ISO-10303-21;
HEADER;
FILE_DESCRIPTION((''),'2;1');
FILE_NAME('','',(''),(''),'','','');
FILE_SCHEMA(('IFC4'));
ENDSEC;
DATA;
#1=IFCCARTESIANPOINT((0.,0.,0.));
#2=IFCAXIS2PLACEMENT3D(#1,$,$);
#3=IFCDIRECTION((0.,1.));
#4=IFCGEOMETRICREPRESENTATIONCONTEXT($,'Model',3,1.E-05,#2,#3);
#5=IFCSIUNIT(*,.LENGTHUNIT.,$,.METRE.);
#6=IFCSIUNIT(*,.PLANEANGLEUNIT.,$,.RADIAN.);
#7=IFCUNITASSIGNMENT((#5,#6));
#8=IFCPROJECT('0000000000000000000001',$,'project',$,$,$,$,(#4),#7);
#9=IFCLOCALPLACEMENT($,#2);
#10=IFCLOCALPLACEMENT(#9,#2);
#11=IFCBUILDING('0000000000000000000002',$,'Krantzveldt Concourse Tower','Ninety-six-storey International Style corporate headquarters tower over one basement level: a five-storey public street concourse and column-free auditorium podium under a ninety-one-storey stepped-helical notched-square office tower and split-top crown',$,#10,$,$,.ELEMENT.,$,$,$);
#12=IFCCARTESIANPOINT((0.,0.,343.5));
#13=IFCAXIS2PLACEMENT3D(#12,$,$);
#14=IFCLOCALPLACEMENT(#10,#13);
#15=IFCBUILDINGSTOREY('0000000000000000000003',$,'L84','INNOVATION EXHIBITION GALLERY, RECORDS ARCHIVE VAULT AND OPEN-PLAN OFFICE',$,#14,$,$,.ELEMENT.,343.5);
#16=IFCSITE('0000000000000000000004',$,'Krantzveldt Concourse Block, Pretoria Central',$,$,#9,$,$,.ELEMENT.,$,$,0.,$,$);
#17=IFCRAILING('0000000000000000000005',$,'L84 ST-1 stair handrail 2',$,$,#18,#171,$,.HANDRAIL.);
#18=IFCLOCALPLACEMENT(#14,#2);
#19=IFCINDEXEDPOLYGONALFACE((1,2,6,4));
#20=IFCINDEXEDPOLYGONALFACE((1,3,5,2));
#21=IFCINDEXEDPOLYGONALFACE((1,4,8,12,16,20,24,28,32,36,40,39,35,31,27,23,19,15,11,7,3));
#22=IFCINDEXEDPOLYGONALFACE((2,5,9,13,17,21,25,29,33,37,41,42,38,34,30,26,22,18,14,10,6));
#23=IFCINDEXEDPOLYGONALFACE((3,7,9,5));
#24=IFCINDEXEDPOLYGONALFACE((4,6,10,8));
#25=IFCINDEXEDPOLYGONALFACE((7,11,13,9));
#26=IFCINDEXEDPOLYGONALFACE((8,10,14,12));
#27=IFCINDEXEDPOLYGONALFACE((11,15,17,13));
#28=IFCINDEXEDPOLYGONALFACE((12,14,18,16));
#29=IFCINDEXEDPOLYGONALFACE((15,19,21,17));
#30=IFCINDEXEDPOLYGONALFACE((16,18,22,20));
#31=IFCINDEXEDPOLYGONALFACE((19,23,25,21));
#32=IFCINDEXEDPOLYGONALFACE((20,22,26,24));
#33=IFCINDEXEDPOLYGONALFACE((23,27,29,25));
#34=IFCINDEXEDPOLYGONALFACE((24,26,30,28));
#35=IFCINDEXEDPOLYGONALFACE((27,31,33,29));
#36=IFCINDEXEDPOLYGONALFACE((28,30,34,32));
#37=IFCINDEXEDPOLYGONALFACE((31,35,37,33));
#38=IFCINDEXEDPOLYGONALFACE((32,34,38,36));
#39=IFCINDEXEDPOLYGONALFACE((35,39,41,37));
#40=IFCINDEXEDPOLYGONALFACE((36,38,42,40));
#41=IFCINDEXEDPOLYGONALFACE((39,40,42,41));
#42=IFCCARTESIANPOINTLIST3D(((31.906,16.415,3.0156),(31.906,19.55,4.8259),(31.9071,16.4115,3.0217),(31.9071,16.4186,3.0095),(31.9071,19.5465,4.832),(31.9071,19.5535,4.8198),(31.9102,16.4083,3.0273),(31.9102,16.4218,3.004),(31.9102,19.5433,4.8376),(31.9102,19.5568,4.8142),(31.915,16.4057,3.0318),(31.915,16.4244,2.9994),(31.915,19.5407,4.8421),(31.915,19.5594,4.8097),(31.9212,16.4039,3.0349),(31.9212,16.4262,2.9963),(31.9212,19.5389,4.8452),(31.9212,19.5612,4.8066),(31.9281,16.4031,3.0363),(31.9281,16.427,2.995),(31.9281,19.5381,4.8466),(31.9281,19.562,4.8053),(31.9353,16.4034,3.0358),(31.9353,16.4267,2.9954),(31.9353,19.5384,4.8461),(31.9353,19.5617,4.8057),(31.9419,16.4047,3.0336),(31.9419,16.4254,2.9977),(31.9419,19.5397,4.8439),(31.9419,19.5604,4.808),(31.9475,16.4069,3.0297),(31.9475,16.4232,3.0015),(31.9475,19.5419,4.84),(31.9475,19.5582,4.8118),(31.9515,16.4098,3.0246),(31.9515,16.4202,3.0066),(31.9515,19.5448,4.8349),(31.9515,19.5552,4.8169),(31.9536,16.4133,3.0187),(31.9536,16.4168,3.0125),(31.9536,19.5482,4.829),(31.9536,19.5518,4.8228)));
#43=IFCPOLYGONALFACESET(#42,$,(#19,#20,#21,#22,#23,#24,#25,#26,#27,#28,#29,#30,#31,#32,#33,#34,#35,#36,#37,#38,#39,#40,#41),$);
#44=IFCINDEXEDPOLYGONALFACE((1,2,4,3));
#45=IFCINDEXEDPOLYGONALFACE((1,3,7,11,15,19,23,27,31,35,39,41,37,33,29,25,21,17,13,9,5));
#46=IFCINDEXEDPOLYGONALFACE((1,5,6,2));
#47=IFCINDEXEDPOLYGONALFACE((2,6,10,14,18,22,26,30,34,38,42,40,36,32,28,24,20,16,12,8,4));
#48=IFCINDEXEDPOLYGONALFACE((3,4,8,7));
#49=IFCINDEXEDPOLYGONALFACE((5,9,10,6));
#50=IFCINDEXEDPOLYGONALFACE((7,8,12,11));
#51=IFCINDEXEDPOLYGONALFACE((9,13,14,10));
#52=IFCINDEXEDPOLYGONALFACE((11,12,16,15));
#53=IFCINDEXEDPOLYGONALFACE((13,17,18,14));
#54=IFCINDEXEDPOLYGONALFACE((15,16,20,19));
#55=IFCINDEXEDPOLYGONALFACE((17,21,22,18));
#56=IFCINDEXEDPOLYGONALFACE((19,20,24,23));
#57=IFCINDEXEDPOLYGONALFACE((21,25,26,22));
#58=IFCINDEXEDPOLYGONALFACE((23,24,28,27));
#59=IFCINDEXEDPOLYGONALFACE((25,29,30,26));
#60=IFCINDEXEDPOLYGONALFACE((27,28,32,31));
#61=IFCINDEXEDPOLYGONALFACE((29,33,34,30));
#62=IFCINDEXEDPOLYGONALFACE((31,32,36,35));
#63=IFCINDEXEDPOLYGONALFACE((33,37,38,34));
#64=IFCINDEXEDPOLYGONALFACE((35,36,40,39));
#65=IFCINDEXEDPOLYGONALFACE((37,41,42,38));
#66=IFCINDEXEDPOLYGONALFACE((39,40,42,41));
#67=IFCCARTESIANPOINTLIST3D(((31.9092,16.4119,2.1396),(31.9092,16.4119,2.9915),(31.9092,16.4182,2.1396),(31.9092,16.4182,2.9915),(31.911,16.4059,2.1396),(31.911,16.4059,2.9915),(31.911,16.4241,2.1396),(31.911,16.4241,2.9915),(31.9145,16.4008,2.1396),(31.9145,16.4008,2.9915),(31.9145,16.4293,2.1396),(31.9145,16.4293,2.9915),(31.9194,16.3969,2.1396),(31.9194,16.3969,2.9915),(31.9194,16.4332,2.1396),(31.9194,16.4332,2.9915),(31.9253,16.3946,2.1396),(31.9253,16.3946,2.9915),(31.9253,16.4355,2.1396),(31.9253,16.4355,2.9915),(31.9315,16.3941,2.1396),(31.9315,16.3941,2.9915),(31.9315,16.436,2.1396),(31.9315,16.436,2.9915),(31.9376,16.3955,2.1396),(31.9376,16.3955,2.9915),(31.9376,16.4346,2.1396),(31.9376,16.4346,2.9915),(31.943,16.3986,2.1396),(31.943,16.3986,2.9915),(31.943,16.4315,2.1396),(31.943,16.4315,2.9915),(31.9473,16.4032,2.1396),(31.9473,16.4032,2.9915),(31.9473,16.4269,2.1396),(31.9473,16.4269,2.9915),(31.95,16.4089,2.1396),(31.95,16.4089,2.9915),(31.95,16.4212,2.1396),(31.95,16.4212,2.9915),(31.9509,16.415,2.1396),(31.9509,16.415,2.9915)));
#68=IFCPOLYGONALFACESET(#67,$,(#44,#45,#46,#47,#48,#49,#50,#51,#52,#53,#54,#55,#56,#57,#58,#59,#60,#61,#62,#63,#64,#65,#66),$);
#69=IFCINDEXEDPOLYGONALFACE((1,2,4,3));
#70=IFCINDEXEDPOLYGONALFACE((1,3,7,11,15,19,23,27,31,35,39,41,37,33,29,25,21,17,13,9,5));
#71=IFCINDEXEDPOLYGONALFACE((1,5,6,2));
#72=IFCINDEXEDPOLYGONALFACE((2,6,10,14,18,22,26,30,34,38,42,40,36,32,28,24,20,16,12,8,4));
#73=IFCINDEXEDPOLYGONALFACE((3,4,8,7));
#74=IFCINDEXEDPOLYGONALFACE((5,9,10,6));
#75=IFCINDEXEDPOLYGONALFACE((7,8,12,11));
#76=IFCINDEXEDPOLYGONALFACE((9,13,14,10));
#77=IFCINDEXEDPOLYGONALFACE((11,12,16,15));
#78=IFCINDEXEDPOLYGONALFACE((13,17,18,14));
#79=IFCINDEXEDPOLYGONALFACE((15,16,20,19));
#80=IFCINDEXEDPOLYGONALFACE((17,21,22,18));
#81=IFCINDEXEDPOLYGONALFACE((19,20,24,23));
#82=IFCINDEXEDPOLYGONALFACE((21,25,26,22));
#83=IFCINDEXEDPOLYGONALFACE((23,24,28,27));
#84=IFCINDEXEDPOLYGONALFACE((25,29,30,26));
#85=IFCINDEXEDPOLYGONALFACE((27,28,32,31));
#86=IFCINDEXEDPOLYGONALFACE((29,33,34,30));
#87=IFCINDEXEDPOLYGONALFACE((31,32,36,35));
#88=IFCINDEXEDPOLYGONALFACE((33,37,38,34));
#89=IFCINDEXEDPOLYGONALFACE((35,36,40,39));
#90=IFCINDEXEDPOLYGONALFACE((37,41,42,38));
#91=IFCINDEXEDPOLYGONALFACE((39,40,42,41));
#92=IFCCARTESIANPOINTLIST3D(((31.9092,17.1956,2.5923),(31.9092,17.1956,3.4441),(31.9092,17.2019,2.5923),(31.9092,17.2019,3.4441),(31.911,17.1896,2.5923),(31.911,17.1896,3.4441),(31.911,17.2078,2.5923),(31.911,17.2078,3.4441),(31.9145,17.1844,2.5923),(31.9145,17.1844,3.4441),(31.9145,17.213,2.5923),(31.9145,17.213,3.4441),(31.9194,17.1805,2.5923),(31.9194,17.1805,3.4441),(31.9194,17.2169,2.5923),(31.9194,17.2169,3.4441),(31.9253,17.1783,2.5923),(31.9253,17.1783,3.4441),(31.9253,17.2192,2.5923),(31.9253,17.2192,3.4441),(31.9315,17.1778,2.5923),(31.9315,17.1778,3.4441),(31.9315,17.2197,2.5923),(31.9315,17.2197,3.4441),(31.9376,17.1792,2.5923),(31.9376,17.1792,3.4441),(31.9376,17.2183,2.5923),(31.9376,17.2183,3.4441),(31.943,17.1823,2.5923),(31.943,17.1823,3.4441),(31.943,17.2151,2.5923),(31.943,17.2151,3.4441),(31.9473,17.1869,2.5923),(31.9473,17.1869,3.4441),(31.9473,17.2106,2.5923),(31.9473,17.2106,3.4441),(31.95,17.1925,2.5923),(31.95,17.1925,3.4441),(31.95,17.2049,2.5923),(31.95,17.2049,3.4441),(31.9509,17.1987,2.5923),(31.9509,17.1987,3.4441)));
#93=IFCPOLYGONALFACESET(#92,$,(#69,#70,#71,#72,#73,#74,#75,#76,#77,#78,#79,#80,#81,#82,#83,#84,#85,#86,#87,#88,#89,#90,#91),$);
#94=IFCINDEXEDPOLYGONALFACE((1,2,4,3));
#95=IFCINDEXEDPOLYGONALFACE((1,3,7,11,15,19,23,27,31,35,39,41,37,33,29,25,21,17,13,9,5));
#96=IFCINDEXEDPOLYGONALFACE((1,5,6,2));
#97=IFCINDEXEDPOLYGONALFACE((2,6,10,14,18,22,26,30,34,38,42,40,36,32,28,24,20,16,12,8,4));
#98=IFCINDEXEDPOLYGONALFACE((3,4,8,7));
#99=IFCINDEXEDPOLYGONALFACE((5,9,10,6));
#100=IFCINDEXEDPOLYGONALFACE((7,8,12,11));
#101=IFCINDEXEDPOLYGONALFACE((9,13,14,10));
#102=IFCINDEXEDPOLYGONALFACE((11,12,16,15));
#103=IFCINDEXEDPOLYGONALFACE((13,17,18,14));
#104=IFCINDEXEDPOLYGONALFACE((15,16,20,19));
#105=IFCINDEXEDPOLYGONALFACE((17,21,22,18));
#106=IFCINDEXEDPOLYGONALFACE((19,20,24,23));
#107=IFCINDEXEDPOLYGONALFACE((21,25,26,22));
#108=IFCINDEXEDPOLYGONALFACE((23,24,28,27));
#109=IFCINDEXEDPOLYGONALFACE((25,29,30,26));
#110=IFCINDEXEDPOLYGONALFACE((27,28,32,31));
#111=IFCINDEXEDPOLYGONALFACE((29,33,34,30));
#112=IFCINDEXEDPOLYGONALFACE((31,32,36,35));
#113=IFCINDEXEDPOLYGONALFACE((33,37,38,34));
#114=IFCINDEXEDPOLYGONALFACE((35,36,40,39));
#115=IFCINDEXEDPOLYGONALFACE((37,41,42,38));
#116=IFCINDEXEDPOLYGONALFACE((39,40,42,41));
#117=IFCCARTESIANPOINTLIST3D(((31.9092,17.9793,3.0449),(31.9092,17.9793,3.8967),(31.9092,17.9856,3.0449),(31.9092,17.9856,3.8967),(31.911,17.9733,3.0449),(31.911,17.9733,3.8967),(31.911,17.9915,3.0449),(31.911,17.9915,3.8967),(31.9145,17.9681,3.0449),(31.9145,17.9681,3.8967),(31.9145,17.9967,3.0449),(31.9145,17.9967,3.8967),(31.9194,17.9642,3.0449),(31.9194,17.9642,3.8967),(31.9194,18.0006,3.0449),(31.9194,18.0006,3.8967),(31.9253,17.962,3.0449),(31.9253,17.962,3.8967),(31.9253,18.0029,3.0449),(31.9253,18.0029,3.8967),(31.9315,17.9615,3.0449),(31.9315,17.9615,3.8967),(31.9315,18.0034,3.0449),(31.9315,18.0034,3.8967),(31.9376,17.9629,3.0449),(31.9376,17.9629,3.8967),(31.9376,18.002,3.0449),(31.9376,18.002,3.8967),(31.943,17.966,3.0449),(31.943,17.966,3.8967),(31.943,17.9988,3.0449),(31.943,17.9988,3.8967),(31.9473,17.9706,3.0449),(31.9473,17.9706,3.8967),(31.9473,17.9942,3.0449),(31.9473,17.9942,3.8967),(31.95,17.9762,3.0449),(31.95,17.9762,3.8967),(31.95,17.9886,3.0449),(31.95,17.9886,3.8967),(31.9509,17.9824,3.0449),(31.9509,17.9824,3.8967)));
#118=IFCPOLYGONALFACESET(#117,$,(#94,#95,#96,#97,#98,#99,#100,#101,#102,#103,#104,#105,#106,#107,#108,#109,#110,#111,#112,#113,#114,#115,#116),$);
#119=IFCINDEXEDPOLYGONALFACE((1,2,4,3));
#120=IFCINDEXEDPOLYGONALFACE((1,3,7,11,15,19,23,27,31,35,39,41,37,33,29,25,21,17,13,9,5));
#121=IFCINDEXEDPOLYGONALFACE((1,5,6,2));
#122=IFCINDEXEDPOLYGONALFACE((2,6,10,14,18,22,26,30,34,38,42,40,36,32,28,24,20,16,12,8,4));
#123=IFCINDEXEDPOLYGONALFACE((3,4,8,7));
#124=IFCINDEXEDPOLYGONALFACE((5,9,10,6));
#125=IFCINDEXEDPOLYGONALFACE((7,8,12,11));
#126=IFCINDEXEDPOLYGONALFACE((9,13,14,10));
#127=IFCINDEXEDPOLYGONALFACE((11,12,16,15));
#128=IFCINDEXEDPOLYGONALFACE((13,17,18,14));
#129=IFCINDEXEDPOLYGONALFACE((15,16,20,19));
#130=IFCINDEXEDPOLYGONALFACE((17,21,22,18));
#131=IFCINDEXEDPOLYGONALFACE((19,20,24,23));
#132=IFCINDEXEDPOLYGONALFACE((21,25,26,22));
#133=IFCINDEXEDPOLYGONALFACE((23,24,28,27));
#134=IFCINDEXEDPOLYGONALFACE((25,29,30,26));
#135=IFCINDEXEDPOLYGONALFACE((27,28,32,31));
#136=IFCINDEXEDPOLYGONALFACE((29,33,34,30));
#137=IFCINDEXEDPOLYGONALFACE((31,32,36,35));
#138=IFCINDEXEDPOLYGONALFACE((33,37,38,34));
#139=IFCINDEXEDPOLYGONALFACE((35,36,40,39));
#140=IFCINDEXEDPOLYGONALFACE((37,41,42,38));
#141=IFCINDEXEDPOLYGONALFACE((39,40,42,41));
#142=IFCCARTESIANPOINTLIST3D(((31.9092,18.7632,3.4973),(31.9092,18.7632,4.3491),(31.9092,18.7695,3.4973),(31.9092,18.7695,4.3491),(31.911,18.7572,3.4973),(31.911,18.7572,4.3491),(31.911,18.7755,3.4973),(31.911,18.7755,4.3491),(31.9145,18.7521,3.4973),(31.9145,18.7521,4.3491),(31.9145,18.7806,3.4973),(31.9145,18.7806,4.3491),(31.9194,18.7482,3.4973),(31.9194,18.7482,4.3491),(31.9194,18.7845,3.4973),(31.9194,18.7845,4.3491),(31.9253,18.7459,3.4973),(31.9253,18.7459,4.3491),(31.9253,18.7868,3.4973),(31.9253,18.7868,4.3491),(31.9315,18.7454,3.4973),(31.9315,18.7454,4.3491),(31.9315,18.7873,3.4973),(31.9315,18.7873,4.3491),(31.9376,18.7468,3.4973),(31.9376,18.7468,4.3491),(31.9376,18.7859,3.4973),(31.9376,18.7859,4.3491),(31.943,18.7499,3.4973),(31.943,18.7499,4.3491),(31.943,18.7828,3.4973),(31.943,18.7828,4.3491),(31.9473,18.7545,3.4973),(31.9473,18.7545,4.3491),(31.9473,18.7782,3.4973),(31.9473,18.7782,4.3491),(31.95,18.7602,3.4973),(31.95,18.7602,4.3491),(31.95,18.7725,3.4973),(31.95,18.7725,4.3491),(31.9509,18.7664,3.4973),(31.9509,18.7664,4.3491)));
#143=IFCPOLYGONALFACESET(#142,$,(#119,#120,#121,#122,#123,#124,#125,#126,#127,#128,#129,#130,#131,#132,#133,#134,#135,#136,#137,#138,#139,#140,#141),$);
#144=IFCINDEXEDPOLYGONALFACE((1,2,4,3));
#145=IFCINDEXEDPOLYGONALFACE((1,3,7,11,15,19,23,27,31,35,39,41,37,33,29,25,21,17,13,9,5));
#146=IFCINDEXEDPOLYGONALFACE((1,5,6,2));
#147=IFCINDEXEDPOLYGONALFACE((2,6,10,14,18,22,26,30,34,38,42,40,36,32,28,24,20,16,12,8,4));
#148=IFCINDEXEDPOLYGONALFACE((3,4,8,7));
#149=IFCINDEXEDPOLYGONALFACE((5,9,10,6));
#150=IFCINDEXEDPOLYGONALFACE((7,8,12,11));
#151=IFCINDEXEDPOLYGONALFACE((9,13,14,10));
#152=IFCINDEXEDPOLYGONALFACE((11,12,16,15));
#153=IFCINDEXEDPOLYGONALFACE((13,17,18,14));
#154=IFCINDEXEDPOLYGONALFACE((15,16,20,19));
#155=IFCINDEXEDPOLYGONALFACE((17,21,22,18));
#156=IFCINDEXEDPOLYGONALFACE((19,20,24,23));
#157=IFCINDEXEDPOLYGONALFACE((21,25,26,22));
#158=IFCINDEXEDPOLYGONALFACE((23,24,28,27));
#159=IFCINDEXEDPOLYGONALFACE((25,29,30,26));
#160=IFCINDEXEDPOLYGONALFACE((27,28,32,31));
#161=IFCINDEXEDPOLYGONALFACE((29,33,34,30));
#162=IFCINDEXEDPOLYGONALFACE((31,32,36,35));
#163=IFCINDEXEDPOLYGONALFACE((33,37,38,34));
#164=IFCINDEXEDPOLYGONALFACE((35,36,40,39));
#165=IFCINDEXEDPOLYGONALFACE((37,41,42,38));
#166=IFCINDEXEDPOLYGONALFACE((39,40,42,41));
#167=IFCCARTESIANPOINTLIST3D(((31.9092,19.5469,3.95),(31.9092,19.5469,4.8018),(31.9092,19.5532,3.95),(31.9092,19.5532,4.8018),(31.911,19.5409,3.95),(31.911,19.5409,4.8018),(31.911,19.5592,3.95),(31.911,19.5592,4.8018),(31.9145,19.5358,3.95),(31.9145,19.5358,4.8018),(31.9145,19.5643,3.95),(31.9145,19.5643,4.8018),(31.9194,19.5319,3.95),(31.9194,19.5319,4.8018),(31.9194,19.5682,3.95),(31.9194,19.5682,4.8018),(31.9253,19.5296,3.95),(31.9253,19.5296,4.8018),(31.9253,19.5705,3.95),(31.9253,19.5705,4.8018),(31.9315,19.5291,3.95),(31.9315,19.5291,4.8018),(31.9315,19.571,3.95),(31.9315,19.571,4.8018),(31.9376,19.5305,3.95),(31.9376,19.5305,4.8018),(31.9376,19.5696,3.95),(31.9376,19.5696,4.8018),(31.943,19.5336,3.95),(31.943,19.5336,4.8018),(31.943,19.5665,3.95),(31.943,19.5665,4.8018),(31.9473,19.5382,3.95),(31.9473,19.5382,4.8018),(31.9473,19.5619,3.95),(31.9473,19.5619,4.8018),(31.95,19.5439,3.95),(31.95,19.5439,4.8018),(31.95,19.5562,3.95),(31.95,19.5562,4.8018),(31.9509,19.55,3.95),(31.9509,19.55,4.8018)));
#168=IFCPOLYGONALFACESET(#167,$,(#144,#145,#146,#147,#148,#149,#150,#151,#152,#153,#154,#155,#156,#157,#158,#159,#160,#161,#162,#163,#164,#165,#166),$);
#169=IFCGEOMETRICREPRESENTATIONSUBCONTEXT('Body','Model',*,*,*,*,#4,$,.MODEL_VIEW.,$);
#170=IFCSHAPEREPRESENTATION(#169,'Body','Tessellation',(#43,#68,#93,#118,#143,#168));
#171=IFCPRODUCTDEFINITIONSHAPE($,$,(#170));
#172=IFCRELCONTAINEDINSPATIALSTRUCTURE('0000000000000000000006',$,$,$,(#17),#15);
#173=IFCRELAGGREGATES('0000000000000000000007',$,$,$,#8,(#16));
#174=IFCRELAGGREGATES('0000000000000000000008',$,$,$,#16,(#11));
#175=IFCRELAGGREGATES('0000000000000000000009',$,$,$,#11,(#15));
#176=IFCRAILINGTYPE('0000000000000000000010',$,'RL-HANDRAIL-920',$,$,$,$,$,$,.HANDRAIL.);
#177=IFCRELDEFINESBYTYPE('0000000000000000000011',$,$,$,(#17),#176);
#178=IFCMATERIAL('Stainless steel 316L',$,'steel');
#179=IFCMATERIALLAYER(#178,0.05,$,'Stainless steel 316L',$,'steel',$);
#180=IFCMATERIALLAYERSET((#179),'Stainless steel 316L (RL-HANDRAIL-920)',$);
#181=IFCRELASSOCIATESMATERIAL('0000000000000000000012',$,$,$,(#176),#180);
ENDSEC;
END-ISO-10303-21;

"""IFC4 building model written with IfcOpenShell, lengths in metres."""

from ifc_helpers import new_model, si_unit, direction, frame, origin, origin_2d, place, context, subcontext, project, spatial, circle, extrude, material, layer, layer_set, type_object, element, save


model = new_model("IFC4")

# Units and contexts
model_context = context("Model", 3, precision=1e-05, world=origin(), true_north=direction((0.0, 1.0)))
body_context = subcontext(model_context, "Body", "Model", "MODEL_VIEW")
ifc_project = project(units=[si_unit("LENGTHUNIT", "METRE"), si_unit("PLANEANGLEUNIT", "RADIAN")], contexts=[model_context])

# Site, building, storey
site_placement = place(None, origin())
site = spatial("IfcSite", under=ifc_project, at=site_placement, Name="Krantzveldt Concourse Block, Pretoria Central", CompositionType="ELEMENT", RefElevation=0.0)
building_placement = place(site_placement, origin())
building = spatial("IfcBuilding", under=site, at=building_placement, Name="Krantzveldt Concourse Tower", Description="Ninety-six-storey International Style corporate headquarters tower over one basement level: a five-storey public street concourse and column-free auditorium podium under a ninety-one-storey stepped-helical notched-square office tower and split-top crown", CompositionType="ELEMENT")
storey_placement = place(building_placement, frame((0.0, 0.0, 343.5)))
storey = spatial("IfcBuildingStorey", under=building, at=storey_placement, Name="L84", Description="INNOVATION EXHIBITION GALLERY, RECORDS ARCHIVE VAULT AND OPEN-PLAN OFFICE", CompositionType="ELEMENT", Elevation=343.5)

# Railing
ifc_material_1 = material(Name="Stainless steel 316L", Category="steel")
ifc_layer_1 = layer(ifc_material_1, 0.05, Name="Stainless steel 316L", Category="steel")
ifc_layer_set_1 = layer_set([ifc_layer_1], Name="Stainless steel 316L (RL-HANDRAIL-920)")
railing_type_1 = type_object("IfcRailingType", Name="RL-HANDRAIL-920", PredefinedType="HANDRAIL", material=ifc_layer_set_1)
railing_1_placement = place(storey_placement, frame((31.9299, 16.415, 2.1396)))
element("IfcRailing", 1, at=railing_1_placement, inside=storey, type_object=railing_type_1, Name="L84 ST-1 stair handrail 2", PredefinedType="HANDRAIL", context=body_context, shape_type="SweptSolid", body=[
    extrude(circle(Radius=0.0239, at=origin_2d()), frame((0.0, 0.0, 0.876), z_axis=(0.0, 0.865989, 0.500063), x_axis=(-1.0, 0.0, 0.0)), (0.0, 0.0, 1.0), 3.6201),
    extrude(circle(Radius=0.021, at=origin_2d()), origin(), (0.0, 0.0, 1.0), 0.8518),
    extrude(circle(Radius=0.021, at=origin_2d()), frame((0.0, 0.7837, 0.4526)), (0.0, 0.0, 1.0), 0.8518),
    extrude(circle(Radius=0.021, at=origin_2d()), frame((0.0, 1.5674, 0.9053)), (0.0, 0.0, 1.0), 0.8518),
    extrude(circle(Radius=0.021, at=origin_2d()), frame((0.0, 2.3513, 1.3577)), (0.0, 0.0, 1.0), 0.8518),
    extrude(circle(Radius=0.021, at=origin_2d()), frame((0.0, 3.135, 1.8103)), (0.0, 0.0, 1.0), 0.8518),
])

save(model, "model.ifc")
